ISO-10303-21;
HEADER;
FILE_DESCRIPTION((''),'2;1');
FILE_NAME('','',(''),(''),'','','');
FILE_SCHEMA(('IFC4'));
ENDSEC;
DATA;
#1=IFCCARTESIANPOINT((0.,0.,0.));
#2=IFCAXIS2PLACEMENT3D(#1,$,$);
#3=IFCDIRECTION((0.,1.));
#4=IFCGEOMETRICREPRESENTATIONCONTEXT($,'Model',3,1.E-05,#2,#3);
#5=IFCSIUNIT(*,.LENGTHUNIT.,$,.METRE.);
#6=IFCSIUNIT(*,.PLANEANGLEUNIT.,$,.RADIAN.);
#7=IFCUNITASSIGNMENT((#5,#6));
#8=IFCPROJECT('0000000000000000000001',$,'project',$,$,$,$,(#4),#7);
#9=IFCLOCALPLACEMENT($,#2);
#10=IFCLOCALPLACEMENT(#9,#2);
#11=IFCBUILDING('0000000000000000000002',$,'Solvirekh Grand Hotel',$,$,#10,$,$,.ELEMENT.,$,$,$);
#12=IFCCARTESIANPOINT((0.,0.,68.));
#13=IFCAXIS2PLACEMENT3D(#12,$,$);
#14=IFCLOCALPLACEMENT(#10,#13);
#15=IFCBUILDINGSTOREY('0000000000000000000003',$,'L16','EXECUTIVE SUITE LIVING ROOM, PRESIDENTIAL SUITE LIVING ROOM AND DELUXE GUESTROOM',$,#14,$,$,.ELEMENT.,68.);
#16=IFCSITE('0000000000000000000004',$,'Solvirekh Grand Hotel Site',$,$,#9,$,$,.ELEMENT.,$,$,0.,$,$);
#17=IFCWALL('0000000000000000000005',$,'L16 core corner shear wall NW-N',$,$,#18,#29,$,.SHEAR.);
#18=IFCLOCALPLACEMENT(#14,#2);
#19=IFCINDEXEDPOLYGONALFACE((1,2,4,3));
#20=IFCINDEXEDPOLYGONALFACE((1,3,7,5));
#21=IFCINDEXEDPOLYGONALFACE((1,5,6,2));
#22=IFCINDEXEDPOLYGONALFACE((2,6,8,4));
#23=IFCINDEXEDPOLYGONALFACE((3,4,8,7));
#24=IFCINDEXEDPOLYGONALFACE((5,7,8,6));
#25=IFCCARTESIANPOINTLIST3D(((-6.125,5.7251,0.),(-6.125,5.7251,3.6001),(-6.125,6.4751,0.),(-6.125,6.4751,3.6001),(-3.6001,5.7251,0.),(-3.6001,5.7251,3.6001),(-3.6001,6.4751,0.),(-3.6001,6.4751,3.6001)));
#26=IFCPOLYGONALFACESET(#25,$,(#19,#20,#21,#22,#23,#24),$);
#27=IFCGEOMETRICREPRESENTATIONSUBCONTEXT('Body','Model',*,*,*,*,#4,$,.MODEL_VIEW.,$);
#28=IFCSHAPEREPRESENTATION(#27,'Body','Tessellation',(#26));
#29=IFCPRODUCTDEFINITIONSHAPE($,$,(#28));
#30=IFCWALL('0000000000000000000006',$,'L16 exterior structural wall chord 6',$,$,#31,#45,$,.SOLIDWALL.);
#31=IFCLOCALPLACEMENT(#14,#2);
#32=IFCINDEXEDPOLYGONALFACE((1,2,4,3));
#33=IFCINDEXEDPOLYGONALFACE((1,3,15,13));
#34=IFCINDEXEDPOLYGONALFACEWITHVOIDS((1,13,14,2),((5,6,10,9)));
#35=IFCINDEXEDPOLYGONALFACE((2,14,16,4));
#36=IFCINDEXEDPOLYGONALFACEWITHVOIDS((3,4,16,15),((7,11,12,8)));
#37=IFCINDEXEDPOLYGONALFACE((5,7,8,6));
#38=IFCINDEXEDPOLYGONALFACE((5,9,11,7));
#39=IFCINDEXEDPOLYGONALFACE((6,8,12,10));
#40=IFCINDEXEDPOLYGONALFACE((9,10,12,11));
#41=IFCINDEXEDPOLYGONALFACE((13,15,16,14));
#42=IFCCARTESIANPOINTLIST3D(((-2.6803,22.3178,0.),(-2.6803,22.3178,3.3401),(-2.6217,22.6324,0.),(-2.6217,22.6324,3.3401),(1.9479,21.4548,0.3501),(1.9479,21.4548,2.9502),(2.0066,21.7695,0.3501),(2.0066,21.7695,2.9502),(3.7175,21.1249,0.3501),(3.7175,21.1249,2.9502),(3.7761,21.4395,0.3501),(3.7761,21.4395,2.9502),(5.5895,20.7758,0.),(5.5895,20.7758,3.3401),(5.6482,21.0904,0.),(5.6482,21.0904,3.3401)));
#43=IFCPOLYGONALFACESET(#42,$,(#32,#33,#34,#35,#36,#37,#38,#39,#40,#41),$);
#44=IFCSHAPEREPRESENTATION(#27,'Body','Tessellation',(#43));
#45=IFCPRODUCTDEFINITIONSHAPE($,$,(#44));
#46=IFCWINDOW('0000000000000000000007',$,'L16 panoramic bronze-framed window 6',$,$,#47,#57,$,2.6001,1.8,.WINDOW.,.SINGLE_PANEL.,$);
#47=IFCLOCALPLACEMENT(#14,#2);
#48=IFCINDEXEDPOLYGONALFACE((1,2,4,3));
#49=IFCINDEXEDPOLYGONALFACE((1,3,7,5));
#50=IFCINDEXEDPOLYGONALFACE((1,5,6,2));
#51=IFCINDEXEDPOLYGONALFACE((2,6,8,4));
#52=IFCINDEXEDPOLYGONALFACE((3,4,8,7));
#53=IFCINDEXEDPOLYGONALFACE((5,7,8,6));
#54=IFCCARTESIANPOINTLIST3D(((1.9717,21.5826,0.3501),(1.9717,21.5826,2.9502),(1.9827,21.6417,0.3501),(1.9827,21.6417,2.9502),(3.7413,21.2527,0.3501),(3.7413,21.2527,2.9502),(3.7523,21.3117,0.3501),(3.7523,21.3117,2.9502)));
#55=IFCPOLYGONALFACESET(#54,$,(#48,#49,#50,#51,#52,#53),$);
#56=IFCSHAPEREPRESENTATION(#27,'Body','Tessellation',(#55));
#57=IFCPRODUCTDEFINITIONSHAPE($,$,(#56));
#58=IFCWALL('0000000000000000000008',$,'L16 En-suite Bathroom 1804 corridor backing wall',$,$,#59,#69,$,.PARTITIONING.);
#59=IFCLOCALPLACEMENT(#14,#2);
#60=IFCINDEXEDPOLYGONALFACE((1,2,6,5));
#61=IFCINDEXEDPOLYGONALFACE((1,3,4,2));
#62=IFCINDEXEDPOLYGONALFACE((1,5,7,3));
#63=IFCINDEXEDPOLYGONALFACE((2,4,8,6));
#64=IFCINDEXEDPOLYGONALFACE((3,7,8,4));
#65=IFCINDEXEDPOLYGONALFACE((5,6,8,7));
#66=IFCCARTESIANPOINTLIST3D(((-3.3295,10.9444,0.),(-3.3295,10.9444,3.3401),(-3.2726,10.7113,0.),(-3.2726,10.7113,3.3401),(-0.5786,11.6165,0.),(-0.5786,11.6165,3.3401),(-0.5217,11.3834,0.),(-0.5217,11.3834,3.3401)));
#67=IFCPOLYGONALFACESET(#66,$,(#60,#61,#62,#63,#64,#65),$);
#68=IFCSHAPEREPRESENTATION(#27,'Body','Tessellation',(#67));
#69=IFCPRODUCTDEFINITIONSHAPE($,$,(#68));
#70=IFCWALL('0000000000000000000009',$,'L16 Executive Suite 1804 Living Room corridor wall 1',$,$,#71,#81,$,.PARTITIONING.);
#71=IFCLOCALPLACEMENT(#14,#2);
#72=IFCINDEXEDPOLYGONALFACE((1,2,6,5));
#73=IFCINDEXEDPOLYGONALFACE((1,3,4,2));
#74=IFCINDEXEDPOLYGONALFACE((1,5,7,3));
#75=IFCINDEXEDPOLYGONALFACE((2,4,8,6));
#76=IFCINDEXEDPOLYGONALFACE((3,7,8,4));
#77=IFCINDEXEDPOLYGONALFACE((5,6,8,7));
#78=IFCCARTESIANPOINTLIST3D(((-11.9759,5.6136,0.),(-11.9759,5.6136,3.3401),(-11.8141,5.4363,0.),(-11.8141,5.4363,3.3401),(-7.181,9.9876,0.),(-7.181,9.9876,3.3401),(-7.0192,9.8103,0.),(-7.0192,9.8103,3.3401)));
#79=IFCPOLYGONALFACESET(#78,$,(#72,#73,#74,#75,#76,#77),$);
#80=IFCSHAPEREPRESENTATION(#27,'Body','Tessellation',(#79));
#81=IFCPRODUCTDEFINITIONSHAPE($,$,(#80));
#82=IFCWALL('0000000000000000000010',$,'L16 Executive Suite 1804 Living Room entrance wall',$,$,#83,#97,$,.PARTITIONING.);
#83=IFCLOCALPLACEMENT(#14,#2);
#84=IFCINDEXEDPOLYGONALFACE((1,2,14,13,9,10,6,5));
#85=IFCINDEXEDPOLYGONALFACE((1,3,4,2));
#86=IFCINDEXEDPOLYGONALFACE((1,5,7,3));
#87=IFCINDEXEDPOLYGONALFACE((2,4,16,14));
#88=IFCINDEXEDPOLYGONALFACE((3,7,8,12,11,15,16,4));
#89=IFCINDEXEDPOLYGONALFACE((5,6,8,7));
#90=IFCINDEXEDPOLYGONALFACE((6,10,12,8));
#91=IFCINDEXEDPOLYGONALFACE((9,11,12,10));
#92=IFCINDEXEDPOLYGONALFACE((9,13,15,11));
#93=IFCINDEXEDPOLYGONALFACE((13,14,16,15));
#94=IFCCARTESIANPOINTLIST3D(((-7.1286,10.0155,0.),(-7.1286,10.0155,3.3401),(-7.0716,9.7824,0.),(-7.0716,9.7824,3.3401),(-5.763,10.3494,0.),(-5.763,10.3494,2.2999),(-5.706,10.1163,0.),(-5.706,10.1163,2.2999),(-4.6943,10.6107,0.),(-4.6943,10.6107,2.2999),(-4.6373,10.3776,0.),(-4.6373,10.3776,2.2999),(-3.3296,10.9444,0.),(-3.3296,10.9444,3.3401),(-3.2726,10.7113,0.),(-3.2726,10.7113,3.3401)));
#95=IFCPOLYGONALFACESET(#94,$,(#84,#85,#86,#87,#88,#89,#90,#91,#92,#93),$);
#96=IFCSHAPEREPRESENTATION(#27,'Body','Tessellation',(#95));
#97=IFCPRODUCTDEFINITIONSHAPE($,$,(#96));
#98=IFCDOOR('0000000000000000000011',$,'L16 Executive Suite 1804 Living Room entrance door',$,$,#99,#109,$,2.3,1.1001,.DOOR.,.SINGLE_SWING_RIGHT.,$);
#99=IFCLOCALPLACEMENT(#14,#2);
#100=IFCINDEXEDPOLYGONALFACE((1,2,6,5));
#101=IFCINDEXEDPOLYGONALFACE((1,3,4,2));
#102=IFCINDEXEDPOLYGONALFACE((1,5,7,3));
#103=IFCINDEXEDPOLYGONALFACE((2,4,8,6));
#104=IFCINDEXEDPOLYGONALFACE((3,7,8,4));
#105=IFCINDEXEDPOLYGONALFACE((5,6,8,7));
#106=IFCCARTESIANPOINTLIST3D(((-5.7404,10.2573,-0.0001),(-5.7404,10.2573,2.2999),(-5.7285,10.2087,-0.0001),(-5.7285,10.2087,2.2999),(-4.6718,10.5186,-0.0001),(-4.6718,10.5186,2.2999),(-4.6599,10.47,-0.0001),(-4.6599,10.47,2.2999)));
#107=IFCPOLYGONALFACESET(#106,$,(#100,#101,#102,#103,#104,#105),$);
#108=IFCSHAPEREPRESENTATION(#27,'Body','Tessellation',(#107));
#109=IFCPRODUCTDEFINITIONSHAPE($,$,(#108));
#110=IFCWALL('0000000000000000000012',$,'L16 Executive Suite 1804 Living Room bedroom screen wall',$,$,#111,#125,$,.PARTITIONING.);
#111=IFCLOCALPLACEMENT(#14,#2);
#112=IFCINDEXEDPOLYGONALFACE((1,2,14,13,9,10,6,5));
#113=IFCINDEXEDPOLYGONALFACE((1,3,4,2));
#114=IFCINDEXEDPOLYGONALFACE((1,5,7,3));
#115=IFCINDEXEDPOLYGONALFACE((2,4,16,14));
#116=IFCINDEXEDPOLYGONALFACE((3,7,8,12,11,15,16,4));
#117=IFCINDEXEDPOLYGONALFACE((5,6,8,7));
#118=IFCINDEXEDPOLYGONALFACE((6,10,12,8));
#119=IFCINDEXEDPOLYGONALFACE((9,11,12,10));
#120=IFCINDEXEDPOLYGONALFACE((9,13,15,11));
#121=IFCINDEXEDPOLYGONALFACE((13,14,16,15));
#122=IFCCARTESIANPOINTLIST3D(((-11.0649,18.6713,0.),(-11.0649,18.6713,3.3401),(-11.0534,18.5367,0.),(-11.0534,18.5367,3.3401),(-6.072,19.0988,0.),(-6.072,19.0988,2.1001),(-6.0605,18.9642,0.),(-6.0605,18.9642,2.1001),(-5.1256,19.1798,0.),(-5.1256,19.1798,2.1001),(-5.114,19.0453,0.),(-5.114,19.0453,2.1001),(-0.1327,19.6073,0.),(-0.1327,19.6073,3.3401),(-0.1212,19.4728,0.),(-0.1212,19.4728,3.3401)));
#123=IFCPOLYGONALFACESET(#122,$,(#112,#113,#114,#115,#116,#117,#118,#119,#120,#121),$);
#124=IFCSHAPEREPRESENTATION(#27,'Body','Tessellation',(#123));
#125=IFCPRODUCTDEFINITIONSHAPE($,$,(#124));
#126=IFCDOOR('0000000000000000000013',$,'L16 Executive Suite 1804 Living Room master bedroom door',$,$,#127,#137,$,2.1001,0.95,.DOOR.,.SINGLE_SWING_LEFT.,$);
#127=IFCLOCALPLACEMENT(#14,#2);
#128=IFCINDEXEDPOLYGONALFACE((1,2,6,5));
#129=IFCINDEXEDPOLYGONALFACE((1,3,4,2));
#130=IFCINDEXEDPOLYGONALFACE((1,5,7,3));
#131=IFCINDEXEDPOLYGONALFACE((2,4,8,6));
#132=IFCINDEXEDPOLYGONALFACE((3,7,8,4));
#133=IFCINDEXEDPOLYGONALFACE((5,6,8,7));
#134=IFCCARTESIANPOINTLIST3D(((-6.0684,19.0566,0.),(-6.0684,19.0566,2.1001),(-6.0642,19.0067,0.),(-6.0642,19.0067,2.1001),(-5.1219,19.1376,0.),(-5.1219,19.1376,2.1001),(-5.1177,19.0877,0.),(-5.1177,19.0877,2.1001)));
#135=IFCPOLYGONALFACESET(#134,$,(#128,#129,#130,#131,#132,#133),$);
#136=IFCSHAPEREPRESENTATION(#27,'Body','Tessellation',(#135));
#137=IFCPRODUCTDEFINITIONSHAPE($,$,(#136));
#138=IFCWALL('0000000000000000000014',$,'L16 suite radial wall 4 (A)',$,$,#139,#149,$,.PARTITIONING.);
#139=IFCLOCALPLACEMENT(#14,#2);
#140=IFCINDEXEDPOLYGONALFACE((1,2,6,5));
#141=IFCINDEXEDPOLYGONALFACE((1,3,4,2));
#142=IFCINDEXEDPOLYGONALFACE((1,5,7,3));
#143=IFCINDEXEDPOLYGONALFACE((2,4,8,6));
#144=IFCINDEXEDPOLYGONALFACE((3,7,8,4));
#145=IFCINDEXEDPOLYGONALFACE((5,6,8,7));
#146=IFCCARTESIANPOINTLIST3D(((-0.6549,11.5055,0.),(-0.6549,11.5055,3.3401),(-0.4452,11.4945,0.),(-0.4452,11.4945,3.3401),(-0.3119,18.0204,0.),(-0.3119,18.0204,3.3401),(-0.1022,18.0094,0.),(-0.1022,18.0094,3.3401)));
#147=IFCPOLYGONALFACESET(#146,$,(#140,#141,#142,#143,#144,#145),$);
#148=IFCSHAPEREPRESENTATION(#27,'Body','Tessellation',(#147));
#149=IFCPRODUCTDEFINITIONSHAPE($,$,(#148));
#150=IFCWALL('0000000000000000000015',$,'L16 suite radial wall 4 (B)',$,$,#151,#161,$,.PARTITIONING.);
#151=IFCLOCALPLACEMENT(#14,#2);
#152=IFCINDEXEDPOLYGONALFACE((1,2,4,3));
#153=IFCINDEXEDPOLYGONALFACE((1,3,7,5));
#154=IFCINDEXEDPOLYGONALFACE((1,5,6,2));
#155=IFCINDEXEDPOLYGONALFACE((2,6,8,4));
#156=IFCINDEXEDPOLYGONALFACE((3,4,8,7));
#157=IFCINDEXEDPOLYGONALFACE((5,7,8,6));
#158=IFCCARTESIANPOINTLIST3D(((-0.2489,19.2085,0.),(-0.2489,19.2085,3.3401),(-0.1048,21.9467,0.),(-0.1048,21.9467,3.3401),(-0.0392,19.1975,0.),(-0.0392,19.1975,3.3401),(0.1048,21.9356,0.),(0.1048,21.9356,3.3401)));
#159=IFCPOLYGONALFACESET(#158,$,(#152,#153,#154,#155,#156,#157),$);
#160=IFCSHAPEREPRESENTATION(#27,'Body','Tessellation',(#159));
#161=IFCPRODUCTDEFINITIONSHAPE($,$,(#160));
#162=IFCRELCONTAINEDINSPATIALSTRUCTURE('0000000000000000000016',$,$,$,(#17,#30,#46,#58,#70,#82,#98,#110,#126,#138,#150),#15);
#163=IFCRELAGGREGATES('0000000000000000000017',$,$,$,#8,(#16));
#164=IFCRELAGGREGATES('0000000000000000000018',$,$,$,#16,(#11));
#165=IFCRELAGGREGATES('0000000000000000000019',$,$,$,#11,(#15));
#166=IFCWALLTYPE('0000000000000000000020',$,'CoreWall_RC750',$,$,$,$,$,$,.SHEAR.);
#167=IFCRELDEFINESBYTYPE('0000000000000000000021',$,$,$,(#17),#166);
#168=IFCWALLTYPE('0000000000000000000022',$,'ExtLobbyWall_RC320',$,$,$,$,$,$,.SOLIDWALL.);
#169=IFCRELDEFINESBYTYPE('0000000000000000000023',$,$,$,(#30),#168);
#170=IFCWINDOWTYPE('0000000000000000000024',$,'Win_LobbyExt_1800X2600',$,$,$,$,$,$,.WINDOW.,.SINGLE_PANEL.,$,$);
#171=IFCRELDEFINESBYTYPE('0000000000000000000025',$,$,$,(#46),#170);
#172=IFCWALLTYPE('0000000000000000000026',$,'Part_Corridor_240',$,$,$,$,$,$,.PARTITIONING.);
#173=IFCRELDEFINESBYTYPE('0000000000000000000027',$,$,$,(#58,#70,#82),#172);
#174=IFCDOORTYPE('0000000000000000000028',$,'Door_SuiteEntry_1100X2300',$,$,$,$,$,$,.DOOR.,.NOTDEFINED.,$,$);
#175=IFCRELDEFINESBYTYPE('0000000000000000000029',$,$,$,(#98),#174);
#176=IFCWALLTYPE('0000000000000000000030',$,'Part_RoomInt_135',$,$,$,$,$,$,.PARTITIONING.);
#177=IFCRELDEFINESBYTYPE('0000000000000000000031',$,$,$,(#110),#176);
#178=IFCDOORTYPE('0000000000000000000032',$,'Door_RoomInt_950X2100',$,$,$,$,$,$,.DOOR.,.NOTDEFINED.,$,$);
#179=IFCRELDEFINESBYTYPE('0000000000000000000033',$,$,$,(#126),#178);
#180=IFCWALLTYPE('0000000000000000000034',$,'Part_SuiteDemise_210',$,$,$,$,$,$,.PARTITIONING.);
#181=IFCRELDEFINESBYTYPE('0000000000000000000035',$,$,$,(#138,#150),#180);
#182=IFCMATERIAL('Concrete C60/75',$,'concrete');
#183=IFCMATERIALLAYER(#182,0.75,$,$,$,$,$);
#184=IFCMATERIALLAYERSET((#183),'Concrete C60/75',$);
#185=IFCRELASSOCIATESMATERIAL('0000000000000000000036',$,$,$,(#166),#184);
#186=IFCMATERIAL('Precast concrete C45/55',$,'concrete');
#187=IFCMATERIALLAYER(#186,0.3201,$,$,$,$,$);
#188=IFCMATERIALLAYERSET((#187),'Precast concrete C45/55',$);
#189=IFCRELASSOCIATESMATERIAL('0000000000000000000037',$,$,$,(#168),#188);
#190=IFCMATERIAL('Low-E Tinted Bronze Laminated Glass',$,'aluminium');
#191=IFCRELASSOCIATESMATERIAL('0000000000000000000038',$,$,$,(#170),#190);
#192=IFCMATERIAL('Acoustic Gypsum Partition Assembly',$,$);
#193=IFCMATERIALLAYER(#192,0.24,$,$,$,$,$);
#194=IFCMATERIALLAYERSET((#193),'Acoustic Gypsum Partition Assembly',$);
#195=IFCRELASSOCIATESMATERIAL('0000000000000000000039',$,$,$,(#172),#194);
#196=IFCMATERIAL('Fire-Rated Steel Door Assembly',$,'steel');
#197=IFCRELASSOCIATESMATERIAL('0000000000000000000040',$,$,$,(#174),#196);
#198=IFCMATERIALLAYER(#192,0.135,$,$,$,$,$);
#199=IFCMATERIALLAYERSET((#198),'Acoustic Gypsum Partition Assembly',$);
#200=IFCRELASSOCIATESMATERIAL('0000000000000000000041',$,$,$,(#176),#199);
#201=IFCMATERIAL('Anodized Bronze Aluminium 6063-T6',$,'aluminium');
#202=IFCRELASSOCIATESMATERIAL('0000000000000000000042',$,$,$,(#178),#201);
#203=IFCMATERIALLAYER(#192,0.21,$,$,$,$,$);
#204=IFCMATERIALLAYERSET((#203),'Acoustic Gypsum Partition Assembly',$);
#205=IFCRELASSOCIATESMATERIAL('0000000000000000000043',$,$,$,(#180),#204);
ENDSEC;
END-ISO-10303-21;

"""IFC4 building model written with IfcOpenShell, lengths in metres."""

from ifc_helpers import new_model, si_unit, direction, frame, frame_2d, origin, place, context, subcontext, project, spatial, rectangle, extrude, material, layer, layer_set, type_object, element, fill, save


model = new_model("IFC4")

# Units and contexts
model_context = context("Model", 3, precision=1e-05, world=origin(), true_north=direction((0.0, 1.0)))
body_context = subcontext(model_context, "Body", "Model", "MODEL_VIEW")
ifc_project = project(units=[si_unit("LENGTHUNIT", "METRE"), si_unit("PLANEANGLEUNIT", "RADIAN")], contexts=[model_context])

# Site, building, storey
site_placement = place(None, origin())
site = spatial("IfcSite", under=ifc_project, at=site_placement, Name="Solvirekh Grand Hotel Site", CompositionType="ELEMENT", RefElevation=0.0)
building_placement = place(site_placement, origin())
building = spatial("IfcBuilding", under=site, at=building_placement, Name="Solvirekh Grand Hotel", CompositionType="ELEMENT")
storey_placement = place(building_placement, frame((0.0, 0.0, 68.0)))
storey = spatial("IfcBuildingStorey", under=building, at=storey_placement, Name="L16", Description="EXECUTIVE SUITE LIVING ROOM, PRESIDENTIAL SUITE LIVING ROOM AND DELUXE GUESTROOM", CompositionType="ELEMENT", Elevation=68.0)

# Shared definitions
ifc_material_1 = material(Name="Concrete C60/75", Category="concrete")

# Wall
ifc_layer_1 = layer(ifc_material_1, 0.75)
ifc_layer_set_1 = layer_set([ifc_layer_1], Name="Concrete C60/75")
wall_type_1 = type_object("IfcWallType", Name="CoreWall_RC750", PredefinedType="SHEAR", material=ifc_layer_set_1)
wall_1_placement = place(storey_placement, frame((-6.125, 6.1001, 0.0), z_axis=(0.0, 0.0, 1.0), x_axis=(1.0, 0.0, 0.0)))
element("IfcWall", 1, at=wall_1_placement, inside=storey, type_object=wall_type_1, Name="L16 core corner shear wall NW-N", PredefinedType="SHEAR", context=body_context, shape_type="SweptSolid", body=[
    extrude(rectangle(XDim=2.5249, YDim=0.75, at=frame_2d((1.2625, 0.0))), origin(), (0.0, 0.0, 1.0), 3.6001),
])

# Wall, opening, window
ifc_material_2 = material(Name="Precast concrete C45/55", Category="concrete")
ifc_layer_2 = layer(ifc_material_2, 0.3201)
ifc_layer_set_2 = layer_set([ifc_layer_2], Name="Precast concrete C45/55")
wall_type_2 = type_object("IfcWallType", Name="ExtLobbyWall_RC320", PredefinedType="SOLIDWALL", material=ifc_layer_set_2)
wall_2_placement = place(storey_placement, frame((-2.6509, 22.4751, 0.0), z_axis=(0.0, 0.0, 1.0), x_axis=(0.983057, -0.183302, 0.0)))
wall_2 = element("IfcWall", 2, at=wall_2_placement, inside=storey, type_object=wall_type_2, Name="L16 exterior structural wall chord 6", PredefinedType="SOLIDWALL", context=body_context, shape_type="SweptSolid", body=[
    extrude(rectangle(XDim=8.4124, YDim=0.3201, at=frame_2d((4.2061, 0.0))), origin(), (0.0, 0.0, 1.0), 3.3401),
])
opening_1_placement = place(wall_2_placement, frame((4.708, 0.0, 0.3501)))
opening_1 = element("IfcOpeningElement", 3, at=opening_1_placement, cuts=wall_2, PredefinedType="OPENING", context=body_context, shape_type="SweptSolid", body=[
    extrude(rectangle(XDim=1.8, YDim=2.6001, at=frame_2d((0.8999, 1.3))), frame((0.0, 0.1699, 0.0), z_axis=(0.0, -1.0, 0.0), x_axis=(1.0, 0.0, 0.0)), (0.0, 0.0, 1.0), 0.3401),
])
ifc_material_3 = material(Name="Low-E Tinted Bronze Laminated Glass", Category="aluminium")
window_type = type_object("IfcWindowType", Name="Win_LobbyExt_1800X2600", PartitioningType="SINGLE_PANEL", PredefinedType="WINDOW", material=ifc_material_3)
window_placement = place(opening_1_placement, origin())
window = element("IfcWindow", 4, at=window_placement, inside=storey, type_object=window_type, Name="L16 panoramic bronze-framed window 6", OverallHeight=2.6001, OverallWidth=1.8, PartitioningType="SINGLE_PANEL", PredefinedType="WINDOW", context=body_context, shape_type="SweptSolid", body=[
    extrude(rectangle(XDim=1.8, YDim=2.6001, at=frame_2d((0.8999, 1.3))), frame((0.0, 0.03, 0.0), z_axis=(0.0, -1.0, 0.0), x_axis=(1.0, 0.0, 0.0)), (0.0, 0.0, 1.0), 0.0601),
])
fill(opening_1, window)

# Walls
ifc_material_4 = material(Name="Acoustic Gypsum Partition Assembly")
ifc_layer_3 = layer(ifc_material_4, 0.24)
ifc_layer_set_3 = layer_set([ifc_layer_3], Name="Acoustic Gypsum Partition Assembly")
wall_type_3 = type_object("IfcWallType", Name="Part_Corridor_240", PredefinedType="PARTITIONING", material=ifc_layer_set_3)
wall_3_placement = place(storey_placement, frame((-0.55, 11.5, 0.0), z_axis=(0.0, 0.0, 1.0), x_axis=(-0.971427, -0.237339, 0.0)))
element("IfcWall", 5, at=wall_3_placement, inside=storey, type_object=wall_type_3, Name="L16 En-suite Bathroom 1804 corridor backing wall", PredefinedType="PARTITIONING", context=body_context, shape_type="SweptSolid", body=[
    extrude(rectangle(XDim=2.8318, YDim=0.24, at=frame_2d((1.416, 0.0))), origin(), (0.0, 0.0, 1.0), 3.3401),
])
wall_4_placement = place(storey_placement, frame((-7.1001, 9.8989, 0.0), z_axis=(0.0, 0.0, 1.0), x_axis=(-0.738788, -0.673937, 0.0)))
element("IfcWall", 6, at=wall_4_placement, inside=storey, type_object=wall_type_3, Name="L16 Executive Suite 1804 Living Room corridor wall 1", PredefinedType="PARTITIONING", context=body_context, shape_type="SweptSolid", body=[
    extrude(rectangle(XDim=6.4902, YDim=0.24, at=frame_2d((3.2451, 0.0))), origin(), (0.0, 0.0, 1.0), 3.3401),
])

# Walls, openings, doors
wall_5_placement = place(storey_placement, frame((-3.301, 10.8279, 0.0), z_axis=(0.0, 0.0, 1.0), x_axis=(-0.971382, -0.237524, 0.0)))
wall_5 = element("IfcWall", 7, at=wall_5_placement, inside=storey, type_object=wall_type_3, Name="L16 Executive Suite 1804 Living Room entrance wall", PredefinedType="PARTITIONING", context=body_context, shape_type="SweptSolid", body=[
    extrude(rectangle(XDim=3.9109, YDim=0.24, at=frame_2d((1.9556, 0.0))), origin(), (0.0, 0.0, 1.0), 3.3401),
])
opening_2_placement = place(wall_5_placement, frame((1.405, 0.0, 0.0)))
opening_2 = element("IfcOpeningElement", 8, at=opening_2_placement, cuts=wall_5, PredefinedType="OPENING", context=body_context, shape_type="SweptSolid", body=[
    extrude(rectangle(XDim=1.1001, YDim=2.3, at=frame_2d((0.55, 1.1499))), frame((0.0, 0.1299, 0.0), z_axis=(0.0, -1.0, 0.0), x_axis=(1.0, 0.0, 0.0)), (0.0, 0.0, 1.0), 0.26),
])
ifc_material_5 = material(Name="Fire-Rated Steel Door Assembly", Category="steel")
door_type_1 = type_object("IfcDoorType", Name="Door_SuiteEntry_1100X2300", OperationType="NOTDEFINED", PredefinedType="DOOR", material=ifc_material_5)
door_1_placement = place(opening_2_placement, origin())
door_1 = element("IfcDoor", 9, at=door_1_placement, inside=storey, type_object=door_type_1, Name="L16 Executive Suite 1804 Living Room entrance door", OperationType="SINGLE_SWING_RIGHT", OverallHeight=2.3, OverallWidth=1.1001, PredefinedType="DOOR", context=body_context, shape_type="SweptSolid", body=[
    extrude(rectangle(XDim=1.1001, YDim=2.3, at=frame_2d((0.55, 1.1499))), frame((0.0, 0.0249, 0.0), z_axis=(0.0, -1.0, 0.0), x_axis=(1.0, 0.0, 0.0)), (0.0, 0.0, 1.0), 0.05),
])
fill(opening_2, door_1)
ifc_layer_4 = layer(ifc_material_4, 0.135)
ifc_layer_set_4 = layer_set([ifc_layer_4], Name="Acoustic Gypsum Partition Assembly")
wall_type_4 = type_object("IfcWallType", Name="Part_RoomInt_135", PredefinedType="PARTITIONING", material=ifc_layer_set_4)
wall_6_placement = place(storey_placement, frame((-0.127, 19.54, 0.0), z_axis=(0.0, 0.0, 1.0), x_axis=(-0.996354, -0.08531, 0.0)))
wall_6 = element("IfcWall", 10, at=wall_6_placement, inside=storey, type_object=wall_type_4, Name="L16 Executive Suite 1804 Living Room bedroom screen wall", PredefinedType="PARTITIONING", context=body_context, shape_type="SweptSolid", body=[
    extrude(rectangle(XDim=10.9722, YDim=0.135, at=frame_2d((5.4861, 0.0))), origin(), (0.0, 0.0, 1.0), 3.3401),
])
opening_3_placement = place(wall_6_placement, frame((5.011, 0.0, 0.0)))
opening_3 = element("IfcOpeningElement", 11, at=opening_3_placement, cuts=wall_6, PredefinedType="OPENING", context=body_context, shape_type="SweptSolid", body=[
    extrude(rectangle(XDim=0.95, YDim=2.1001, at=frame_2d((0.4751, 1.05))), frame((0.0, 0.0776, 0.0), z_axis=(0.0, -1.0, 0.0), x_axis=(1.0, 0.0, 0.0)), (0.0, 0.0, 1.0), 0.155),
])
ifc_material_6 = material(Name="Anodized Bronze Aluminium 6063-T6", Category="aluminium")
door_type_2 = type_object("IfcDoorType", Name="Door_RoomInt_950X2100", OperationType="NOTDEFINED", PredefinedType="DOOR", material=ifc_material_6)
door_2_placement = place(opening_3_placement, origin())
door_2 = element("IfcDoor", 12, at=door_2_placement, inside=storey, type_object=door_type_2, Name="L16 Executive Suite 1804 Living Room master bedroom door", OperationType="SINGLE_SWING_LEFT", OverallHeight=2.1001, OverallWidth=0.95, PredefinedType="DOOR", context=body_context, shape_type="SweptSolid", body=[
    extrude(rectangle(XDim=0.95, YDim=2.1001, at=frame_2d((0.4751, 1.05))), frame((0.0, 0.0249, 0.0), z_axis=(0.0, -1.0, 0.0), x_axis=(1.0, 0.0, 0.0)), (0.0, 0.0, 1.0), 0.05),
])
fill(opening_3, door_2)

# Walls
ifc_layer_5 = layer(ifc_material_4, 0.21)
ifc_layer_set_5 = layer_set([ifc_layer_5], Name="Acoustic Gypsum Partition Assembly")
wall_type_5 = type_object("IfcWallType", Name="Part_SuiteDemise_210", PredefinedType="PARTITIONING", material=ifc_layer_set_5)
wall_7_placement = place(storey_placement, frame((-0.55, 11.5, 0.0), z_axis=(0.0, 0.0, 1.0), x_axis=(0.052578, 0.998617, 0.0)))
element("IfcWall", 13, at=wall_7_placement, inside=storey, type_object=wall_type_5, Name="L16 suite radial wall 4 (A)", PredefinedType="PARTITIONING", context=body_context, shape_type="SweptSolid", body=[
    extrude(rectangle(XDim=6.5239, YDim=0.21, at=frame_2d((3.262, 0.0))), origin(), (0.0, 0.0, 1.0), 3.3401),
])
wall_8_placement = place(storey_placement, frame((-0.144, 19.2029, 0.0), z_axis=(0.0, 0.0, 1.0), x_axis=(0.052535, 0.998619, 0.0)))
element("IfcWall", 14, at=wall_8_placement, inside=storey, type_object=wall_type_5, Name="L16 suite radial wall 4 (B)", PredefinedType="PARTITIONING", context=body_context, shape_type="SweptSolid", body=[
    extrude(rectangle(XDim=2.7419, YDim=0.21, at=frame_2d((1.3711, 0.0))), origin(), (0.0, 0.0, 1.0), 3.3401),
])

save(model, "model.ifc")
